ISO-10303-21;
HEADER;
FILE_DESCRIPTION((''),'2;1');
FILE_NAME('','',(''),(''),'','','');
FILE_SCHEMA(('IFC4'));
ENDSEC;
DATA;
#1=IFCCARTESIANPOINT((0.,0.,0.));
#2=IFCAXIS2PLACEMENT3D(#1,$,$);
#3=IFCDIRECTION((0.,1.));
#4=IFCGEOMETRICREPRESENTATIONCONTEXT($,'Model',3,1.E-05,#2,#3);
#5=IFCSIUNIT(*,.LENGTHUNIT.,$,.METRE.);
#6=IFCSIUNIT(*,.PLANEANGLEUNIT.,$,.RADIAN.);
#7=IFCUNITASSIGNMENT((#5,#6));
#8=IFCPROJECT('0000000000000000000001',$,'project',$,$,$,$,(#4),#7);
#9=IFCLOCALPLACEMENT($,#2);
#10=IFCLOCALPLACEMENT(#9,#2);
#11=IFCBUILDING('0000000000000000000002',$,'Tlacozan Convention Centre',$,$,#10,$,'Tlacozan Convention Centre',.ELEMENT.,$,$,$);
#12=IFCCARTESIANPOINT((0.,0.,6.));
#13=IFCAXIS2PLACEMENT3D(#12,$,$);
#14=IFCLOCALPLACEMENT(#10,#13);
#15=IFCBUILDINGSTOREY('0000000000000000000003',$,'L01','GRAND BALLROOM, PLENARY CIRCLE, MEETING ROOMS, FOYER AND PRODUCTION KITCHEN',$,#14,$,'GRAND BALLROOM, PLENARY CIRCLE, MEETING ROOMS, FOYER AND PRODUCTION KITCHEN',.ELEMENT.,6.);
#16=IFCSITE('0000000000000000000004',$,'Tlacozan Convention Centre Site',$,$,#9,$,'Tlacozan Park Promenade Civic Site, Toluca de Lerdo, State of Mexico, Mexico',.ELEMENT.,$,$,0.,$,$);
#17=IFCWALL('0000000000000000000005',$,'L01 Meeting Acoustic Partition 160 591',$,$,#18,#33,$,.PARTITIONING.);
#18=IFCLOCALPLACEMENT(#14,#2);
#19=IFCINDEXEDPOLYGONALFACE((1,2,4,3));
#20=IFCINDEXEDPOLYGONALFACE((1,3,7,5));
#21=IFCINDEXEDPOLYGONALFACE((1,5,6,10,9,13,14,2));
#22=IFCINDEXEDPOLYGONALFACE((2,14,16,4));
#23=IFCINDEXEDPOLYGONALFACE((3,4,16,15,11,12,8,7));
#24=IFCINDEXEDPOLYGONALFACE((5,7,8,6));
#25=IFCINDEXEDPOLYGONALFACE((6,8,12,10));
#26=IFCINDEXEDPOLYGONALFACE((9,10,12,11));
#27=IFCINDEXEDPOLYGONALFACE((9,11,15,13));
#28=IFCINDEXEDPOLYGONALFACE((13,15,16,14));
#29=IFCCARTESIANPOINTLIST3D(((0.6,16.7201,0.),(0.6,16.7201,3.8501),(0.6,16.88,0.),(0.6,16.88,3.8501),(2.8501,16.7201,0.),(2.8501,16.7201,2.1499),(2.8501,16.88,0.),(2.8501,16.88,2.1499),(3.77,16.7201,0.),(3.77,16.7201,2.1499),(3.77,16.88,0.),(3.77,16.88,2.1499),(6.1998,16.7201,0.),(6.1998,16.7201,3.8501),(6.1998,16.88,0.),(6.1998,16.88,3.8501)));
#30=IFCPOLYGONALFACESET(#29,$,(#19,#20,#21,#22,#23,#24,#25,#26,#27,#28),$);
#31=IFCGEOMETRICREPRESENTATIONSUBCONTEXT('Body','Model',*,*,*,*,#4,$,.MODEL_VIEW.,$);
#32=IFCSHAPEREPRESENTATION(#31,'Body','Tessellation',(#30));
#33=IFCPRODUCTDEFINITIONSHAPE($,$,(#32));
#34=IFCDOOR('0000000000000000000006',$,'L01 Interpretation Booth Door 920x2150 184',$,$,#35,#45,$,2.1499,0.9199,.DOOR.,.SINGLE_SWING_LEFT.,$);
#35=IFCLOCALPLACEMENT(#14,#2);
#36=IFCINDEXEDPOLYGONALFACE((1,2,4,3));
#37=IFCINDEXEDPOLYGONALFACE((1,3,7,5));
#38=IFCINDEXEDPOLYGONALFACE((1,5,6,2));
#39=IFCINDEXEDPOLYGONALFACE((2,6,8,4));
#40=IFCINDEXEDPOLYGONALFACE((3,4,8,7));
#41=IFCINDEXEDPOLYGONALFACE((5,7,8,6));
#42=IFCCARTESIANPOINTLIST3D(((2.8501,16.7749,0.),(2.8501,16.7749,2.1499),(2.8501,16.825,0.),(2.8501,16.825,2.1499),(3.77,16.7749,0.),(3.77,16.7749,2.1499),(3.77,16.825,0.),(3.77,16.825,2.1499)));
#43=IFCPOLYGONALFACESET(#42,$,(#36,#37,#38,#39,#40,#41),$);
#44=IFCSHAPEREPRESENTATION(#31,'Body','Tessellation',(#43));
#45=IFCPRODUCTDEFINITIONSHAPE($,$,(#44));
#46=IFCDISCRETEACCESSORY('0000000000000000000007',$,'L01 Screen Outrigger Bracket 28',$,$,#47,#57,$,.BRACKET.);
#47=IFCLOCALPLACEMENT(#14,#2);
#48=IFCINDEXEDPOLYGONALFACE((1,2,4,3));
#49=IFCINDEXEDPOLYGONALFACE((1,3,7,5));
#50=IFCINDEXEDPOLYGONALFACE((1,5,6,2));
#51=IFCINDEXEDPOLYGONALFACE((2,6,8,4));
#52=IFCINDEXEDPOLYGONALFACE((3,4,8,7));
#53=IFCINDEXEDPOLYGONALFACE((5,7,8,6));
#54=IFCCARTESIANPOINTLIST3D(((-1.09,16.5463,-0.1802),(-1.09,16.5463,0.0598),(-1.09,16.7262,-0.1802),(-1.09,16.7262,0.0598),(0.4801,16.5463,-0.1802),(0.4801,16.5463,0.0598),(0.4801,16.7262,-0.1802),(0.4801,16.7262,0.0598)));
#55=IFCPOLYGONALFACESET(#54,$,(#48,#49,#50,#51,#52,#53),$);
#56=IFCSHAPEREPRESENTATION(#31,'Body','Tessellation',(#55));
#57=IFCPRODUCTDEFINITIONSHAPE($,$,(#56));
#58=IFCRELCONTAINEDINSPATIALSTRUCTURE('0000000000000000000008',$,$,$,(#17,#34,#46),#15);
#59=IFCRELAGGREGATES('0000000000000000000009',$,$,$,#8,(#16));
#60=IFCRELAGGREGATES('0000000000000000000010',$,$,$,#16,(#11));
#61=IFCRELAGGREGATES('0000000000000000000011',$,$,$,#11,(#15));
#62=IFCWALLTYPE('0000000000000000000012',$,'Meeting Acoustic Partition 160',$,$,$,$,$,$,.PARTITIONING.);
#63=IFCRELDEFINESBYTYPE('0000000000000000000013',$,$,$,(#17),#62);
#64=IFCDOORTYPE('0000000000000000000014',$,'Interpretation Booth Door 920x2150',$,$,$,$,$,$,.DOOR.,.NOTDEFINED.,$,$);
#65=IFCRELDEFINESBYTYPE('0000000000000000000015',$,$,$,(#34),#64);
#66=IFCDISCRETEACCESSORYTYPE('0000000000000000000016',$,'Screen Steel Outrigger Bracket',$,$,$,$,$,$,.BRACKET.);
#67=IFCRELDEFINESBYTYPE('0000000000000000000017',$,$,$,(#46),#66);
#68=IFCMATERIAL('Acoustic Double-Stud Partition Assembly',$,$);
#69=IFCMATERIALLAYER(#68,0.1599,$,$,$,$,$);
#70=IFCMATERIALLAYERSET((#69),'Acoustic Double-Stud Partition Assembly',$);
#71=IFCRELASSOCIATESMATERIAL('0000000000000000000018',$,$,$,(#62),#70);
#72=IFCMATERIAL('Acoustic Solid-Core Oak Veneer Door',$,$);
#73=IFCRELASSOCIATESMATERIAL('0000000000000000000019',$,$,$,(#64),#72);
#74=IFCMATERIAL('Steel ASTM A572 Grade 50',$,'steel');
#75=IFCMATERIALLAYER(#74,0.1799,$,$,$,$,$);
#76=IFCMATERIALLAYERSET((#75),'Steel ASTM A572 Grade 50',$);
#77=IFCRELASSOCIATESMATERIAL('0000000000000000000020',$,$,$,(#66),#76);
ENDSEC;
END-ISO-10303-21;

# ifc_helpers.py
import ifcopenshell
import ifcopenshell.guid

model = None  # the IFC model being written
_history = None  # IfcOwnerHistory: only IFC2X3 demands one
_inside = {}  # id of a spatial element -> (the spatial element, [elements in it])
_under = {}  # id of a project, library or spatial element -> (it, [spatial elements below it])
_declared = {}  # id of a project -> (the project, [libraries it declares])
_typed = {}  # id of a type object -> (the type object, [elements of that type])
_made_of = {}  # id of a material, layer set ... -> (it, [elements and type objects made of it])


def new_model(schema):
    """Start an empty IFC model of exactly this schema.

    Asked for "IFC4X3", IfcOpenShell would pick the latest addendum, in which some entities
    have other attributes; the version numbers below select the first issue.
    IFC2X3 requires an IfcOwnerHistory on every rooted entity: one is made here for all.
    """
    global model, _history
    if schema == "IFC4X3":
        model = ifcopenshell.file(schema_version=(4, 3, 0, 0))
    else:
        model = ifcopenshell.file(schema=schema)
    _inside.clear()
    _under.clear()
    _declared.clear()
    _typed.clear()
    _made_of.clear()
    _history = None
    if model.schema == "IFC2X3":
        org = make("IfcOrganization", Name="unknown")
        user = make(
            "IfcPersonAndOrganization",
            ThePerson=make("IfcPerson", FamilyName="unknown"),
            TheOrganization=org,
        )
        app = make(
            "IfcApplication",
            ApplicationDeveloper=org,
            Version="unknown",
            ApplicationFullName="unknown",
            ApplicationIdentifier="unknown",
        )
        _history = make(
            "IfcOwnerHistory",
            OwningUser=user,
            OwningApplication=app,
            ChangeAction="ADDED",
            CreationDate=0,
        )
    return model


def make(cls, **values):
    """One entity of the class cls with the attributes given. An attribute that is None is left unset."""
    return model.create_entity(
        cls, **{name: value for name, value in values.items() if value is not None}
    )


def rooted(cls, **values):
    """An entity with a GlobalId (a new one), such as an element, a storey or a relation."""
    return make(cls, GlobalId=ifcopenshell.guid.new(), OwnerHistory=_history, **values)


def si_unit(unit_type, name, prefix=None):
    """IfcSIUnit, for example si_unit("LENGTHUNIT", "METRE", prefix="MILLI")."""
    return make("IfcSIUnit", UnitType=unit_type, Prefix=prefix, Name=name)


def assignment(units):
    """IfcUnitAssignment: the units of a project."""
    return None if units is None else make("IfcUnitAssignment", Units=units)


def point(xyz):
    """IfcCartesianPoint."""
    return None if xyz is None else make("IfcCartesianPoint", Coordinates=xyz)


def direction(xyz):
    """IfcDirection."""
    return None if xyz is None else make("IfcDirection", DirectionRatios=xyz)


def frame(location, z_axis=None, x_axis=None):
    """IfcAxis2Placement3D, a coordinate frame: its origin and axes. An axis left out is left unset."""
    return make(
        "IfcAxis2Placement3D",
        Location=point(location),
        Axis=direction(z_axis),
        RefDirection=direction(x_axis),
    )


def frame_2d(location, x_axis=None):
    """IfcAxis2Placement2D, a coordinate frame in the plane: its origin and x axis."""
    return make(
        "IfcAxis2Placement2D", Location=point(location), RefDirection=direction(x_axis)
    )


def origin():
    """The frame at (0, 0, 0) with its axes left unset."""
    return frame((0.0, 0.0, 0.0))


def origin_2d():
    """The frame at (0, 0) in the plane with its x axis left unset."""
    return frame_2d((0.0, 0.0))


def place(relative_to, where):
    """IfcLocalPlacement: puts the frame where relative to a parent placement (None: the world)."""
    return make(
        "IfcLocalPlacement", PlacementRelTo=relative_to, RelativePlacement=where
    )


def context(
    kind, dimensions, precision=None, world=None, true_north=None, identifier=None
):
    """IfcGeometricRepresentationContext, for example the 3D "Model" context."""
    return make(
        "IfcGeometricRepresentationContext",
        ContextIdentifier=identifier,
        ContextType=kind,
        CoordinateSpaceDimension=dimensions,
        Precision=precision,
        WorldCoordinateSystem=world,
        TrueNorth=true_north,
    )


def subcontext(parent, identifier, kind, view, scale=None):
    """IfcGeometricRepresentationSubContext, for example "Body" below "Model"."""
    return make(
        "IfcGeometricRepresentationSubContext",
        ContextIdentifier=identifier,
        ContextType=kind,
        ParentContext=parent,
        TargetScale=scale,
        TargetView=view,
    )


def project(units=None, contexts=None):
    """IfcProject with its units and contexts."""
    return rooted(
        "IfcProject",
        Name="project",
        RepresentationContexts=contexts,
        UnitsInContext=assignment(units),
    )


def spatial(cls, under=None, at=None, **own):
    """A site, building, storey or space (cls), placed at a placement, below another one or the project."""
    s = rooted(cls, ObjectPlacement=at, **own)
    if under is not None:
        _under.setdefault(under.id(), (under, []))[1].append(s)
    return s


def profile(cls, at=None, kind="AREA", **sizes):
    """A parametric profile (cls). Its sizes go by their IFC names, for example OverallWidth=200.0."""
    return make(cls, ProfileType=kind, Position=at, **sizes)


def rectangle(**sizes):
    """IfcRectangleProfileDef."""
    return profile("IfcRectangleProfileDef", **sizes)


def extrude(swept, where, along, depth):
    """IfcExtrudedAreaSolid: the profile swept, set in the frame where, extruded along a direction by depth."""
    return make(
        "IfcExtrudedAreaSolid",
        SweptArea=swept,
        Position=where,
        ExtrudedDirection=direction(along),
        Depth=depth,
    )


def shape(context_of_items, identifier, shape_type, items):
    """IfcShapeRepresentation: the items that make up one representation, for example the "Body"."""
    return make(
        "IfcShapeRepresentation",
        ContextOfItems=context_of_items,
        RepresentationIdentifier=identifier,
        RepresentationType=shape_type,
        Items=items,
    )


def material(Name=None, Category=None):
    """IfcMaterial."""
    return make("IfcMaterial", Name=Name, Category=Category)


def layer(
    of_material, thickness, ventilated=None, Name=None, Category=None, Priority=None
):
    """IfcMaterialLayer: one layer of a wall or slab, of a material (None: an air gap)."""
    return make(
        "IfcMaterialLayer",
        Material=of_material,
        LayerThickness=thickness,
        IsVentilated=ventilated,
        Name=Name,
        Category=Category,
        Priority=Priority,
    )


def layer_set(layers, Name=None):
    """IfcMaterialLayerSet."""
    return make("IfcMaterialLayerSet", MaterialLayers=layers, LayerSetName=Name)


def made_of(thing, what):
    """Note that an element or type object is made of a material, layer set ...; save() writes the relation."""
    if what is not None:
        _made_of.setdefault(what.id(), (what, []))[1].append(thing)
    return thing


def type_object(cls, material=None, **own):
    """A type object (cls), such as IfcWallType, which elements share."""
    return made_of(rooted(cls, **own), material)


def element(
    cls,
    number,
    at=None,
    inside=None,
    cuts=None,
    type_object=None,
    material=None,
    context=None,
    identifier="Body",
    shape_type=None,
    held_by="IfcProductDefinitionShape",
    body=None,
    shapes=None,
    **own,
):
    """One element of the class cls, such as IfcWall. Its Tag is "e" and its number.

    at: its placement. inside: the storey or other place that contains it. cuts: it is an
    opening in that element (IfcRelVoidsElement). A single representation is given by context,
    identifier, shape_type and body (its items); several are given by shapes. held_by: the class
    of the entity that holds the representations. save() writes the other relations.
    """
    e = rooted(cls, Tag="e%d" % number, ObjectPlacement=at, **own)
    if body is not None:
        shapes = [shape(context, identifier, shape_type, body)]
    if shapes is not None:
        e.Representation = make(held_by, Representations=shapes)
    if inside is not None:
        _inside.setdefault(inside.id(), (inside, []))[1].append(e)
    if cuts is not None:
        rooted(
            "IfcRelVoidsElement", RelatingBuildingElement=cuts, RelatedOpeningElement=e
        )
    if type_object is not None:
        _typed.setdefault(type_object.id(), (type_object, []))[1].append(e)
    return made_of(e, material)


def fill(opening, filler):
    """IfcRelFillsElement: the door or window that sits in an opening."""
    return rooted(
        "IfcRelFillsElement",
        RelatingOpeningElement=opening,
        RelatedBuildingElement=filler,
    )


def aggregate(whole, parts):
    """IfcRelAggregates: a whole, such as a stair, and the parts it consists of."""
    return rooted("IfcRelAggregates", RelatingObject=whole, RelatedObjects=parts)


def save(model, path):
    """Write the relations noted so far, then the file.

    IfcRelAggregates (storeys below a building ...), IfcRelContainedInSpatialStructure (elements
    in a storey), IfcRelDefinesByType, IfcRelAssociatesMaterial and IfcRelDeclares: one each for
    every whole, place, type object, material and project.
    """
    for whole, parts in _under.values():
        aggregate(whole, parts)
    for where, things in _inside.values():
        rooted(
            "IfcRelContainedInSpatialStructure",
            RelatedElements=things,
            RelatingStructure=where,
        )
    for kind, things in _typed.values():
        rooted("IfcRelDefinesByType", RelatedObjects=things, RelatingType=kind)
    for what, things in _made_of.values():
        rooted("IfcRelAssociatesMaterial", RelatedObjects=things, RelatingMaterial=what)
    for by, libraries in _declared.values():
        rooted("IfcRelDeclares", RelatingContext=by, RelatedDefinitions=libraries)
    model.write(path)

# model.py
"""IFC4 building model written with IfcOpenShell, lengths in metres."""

from ifc_helpers import new_model, si_unit, direction, frame, frame_2d, origin, origin_2d, place, context, subcontext, project, spatial, rectangle, extrude, material, layer, layer_set, type_object, element, fill, save


model = new_model("IFC4")

# Units and contexts
model_context = context("Model", 3, precision=1e-05, world=origin(), true_north=direction((0.0, 1.0)))
body_context = subcontext(model_context, "Body", "Model", "MODEL_VIEW")
ifc_project = project(units=[si_unit("LENGTHUNIT", "METRE"), si_unit("PLANEANGLEUNIT", "RADIAN")], contexts=[model_context])

# Site, building, storey
site_placement = place(None, origin())
site = spatial("IfcSite", under=ifc_project, at=site_placement, Name="Tlacozan Convention Centre Site", LongName="Tlacozan Park Promenade Civic Site, Toluca de Lerdo, State of Mexico, Mexico", CompositionType="ELEMENT", RefElevation=0.0)
building_placement = place(site_placement, origin())
building = spatial("IfcBuilding", under=site, at=building_placement, Name="Tlacozan Convention Centre", LongName="Tlacozan Convention Centre", CompositionType="ELEMENT")
storey_placement = place(building_placement, frame((0.0, 0.0, 6.0)))
storey = spatial("IfcBuildingStorey", under=building, at=storey_placement, Name="L01", Description="GRAND BALLROOM, PLENARY CIRCLE, MEETING ROOMS, FOYER AND PRODUCTION KITCHEN", LongName="GRAND BALLROOM, PLENARY CIRCLE, MEETING ROOMS, FOYER AND PRODUCTION KITCHEN", CompositionType="ELEMENT", Elevation=6.0)

# Shared definitions
ifc_material_1 = material(Name="Acoustic Solid-Core Oak Veneer Door")

# Wall, opening, door
ifc_material_2 = material(Name="Acoustic Double-Stud Partition Assembly")
ifc_layer_1 = layer(ifc_material_2, 0.1599)
ifc_layer_set_1 = layer_set([ifc_layer_1], Name="Acoustic Double-Stud Partition Assembly")
wall_type_1 = type_object("IfcWallType", Name="Meeting Acoustic Partition 160", PredefinedType="PARTITIONING", material=ifc_layer_set_1)
wall_1_placement = place(storey_placement, frame((0.6001, 16.8, 0.0), z_axis=(0.0, 0.0, 1.0), x_axis=(1.0, 0.0, 0.0)))
wall_1 = element("IfcWall", 1, at=wall_1_placement, inside=storey, type_object=wall_type_1, Name="L01 Meeting Acoustic Partition 160 591", PredefinedType="PARTITIONING", context=body_context, shape_type="SweptSolid", body=[
    extrude(rectangle(XDim=5.5999, YDim=0.1599, at=frame_2d((2.7998, 0.0))), origin(), (0.0, 0.0, 1.0), 3.8501),
])
opening_1_placement = place(wall_1_placement, frame((2.25, 0.0, 0.0)))
opening_1 = element("IfcOpeningElement", 2, at=opening_1_placement, cuts=wall_1, PredefinedType="OPENING", context=body_context, shape_type="SweptSolid", body=[
    extrude(rectangle(XDim=0.9199, YDim=2.1499, at=frame_2d((0.46, 1.075))), frame((0.0, 0.0898, 0.0), z_axis=(0.0, -1.0, 0.0), x_axis=(1.0, 0.0, 0.0)), (0.0, 0.0, 1.0), 0.1799),
])
door_type_1 = type_object("IfcDoorType", Name="Interpretation Booth Door 920x2150", OperationType="NOTDEFINED", PredefinedType="DOOR", material=ifc_material_1)
door_1_placement = place(opening_1_placement, origin())
door_1 = element("IfcDoor", 3, at=door_1_placement, inside=storey, type_object=door_type_1, Name="L01 Interpretation Booth Door 920x2150 184", OperationType="SINGLE_SWING_LEFT", OverallHeight=2.1499, OverallWidth=0.9199, PredefinedType="DOOR", context=body_context, shape_type="SweptSolid", body=[
    extrude(rectangle(XDim=0.9199, YDim=2.1499, at=frame_2d((0.46, 1.075))), frame((0.0, 0.0249, 0.0), z_axis=(0.0, -1.0, 0.0), x_axis=(1.0, 0.0, 0.0)), (0.0, 0.0, 1.0), 0.05),
])
fill(opening_1, door_1)

# Discrete accessory
ifc_material_3 = material(Name="Steel ASTM A572 Grade 50", Category="steel")
ifc_layer_2 = layer(ifc_material_3, 0.1799)
ifc_layer_set_2 = layer_set([ifc_layer_2], Name="Steel ASTM A572 Grade 50")
discrete_accessory_type = type_object("IfcDiscreteAccessoryType", Name="Screen Steel Outrigger Bracket", PredefinedType="BRACKET", material=ifc_layer_set_2)
discrete_accessory_placement = place(storey_placement, frame((-0.3049, 16.6362, -0.1802), z_axis=(0.0, 0.0, 1.0), x_axis=(1.0, 0.0, 0.0)))
element("IfcDiscreteAccessory", 4, at=discrete_accessory_placement, inside=storey, type_object=discrete_accessory_type, Name="L01 Screen Outrigger Bracket 28", PredefinedType="BRACKET", context=body_context, shape_type="SweptSolid", body=[
    extrude(rectangle(XDim=1.5701, YDim=0.1799, at=origin_2d()), origin(), (0.0, 0.0, 1.0), 0.24),
])

save(model, "model.ifc")
